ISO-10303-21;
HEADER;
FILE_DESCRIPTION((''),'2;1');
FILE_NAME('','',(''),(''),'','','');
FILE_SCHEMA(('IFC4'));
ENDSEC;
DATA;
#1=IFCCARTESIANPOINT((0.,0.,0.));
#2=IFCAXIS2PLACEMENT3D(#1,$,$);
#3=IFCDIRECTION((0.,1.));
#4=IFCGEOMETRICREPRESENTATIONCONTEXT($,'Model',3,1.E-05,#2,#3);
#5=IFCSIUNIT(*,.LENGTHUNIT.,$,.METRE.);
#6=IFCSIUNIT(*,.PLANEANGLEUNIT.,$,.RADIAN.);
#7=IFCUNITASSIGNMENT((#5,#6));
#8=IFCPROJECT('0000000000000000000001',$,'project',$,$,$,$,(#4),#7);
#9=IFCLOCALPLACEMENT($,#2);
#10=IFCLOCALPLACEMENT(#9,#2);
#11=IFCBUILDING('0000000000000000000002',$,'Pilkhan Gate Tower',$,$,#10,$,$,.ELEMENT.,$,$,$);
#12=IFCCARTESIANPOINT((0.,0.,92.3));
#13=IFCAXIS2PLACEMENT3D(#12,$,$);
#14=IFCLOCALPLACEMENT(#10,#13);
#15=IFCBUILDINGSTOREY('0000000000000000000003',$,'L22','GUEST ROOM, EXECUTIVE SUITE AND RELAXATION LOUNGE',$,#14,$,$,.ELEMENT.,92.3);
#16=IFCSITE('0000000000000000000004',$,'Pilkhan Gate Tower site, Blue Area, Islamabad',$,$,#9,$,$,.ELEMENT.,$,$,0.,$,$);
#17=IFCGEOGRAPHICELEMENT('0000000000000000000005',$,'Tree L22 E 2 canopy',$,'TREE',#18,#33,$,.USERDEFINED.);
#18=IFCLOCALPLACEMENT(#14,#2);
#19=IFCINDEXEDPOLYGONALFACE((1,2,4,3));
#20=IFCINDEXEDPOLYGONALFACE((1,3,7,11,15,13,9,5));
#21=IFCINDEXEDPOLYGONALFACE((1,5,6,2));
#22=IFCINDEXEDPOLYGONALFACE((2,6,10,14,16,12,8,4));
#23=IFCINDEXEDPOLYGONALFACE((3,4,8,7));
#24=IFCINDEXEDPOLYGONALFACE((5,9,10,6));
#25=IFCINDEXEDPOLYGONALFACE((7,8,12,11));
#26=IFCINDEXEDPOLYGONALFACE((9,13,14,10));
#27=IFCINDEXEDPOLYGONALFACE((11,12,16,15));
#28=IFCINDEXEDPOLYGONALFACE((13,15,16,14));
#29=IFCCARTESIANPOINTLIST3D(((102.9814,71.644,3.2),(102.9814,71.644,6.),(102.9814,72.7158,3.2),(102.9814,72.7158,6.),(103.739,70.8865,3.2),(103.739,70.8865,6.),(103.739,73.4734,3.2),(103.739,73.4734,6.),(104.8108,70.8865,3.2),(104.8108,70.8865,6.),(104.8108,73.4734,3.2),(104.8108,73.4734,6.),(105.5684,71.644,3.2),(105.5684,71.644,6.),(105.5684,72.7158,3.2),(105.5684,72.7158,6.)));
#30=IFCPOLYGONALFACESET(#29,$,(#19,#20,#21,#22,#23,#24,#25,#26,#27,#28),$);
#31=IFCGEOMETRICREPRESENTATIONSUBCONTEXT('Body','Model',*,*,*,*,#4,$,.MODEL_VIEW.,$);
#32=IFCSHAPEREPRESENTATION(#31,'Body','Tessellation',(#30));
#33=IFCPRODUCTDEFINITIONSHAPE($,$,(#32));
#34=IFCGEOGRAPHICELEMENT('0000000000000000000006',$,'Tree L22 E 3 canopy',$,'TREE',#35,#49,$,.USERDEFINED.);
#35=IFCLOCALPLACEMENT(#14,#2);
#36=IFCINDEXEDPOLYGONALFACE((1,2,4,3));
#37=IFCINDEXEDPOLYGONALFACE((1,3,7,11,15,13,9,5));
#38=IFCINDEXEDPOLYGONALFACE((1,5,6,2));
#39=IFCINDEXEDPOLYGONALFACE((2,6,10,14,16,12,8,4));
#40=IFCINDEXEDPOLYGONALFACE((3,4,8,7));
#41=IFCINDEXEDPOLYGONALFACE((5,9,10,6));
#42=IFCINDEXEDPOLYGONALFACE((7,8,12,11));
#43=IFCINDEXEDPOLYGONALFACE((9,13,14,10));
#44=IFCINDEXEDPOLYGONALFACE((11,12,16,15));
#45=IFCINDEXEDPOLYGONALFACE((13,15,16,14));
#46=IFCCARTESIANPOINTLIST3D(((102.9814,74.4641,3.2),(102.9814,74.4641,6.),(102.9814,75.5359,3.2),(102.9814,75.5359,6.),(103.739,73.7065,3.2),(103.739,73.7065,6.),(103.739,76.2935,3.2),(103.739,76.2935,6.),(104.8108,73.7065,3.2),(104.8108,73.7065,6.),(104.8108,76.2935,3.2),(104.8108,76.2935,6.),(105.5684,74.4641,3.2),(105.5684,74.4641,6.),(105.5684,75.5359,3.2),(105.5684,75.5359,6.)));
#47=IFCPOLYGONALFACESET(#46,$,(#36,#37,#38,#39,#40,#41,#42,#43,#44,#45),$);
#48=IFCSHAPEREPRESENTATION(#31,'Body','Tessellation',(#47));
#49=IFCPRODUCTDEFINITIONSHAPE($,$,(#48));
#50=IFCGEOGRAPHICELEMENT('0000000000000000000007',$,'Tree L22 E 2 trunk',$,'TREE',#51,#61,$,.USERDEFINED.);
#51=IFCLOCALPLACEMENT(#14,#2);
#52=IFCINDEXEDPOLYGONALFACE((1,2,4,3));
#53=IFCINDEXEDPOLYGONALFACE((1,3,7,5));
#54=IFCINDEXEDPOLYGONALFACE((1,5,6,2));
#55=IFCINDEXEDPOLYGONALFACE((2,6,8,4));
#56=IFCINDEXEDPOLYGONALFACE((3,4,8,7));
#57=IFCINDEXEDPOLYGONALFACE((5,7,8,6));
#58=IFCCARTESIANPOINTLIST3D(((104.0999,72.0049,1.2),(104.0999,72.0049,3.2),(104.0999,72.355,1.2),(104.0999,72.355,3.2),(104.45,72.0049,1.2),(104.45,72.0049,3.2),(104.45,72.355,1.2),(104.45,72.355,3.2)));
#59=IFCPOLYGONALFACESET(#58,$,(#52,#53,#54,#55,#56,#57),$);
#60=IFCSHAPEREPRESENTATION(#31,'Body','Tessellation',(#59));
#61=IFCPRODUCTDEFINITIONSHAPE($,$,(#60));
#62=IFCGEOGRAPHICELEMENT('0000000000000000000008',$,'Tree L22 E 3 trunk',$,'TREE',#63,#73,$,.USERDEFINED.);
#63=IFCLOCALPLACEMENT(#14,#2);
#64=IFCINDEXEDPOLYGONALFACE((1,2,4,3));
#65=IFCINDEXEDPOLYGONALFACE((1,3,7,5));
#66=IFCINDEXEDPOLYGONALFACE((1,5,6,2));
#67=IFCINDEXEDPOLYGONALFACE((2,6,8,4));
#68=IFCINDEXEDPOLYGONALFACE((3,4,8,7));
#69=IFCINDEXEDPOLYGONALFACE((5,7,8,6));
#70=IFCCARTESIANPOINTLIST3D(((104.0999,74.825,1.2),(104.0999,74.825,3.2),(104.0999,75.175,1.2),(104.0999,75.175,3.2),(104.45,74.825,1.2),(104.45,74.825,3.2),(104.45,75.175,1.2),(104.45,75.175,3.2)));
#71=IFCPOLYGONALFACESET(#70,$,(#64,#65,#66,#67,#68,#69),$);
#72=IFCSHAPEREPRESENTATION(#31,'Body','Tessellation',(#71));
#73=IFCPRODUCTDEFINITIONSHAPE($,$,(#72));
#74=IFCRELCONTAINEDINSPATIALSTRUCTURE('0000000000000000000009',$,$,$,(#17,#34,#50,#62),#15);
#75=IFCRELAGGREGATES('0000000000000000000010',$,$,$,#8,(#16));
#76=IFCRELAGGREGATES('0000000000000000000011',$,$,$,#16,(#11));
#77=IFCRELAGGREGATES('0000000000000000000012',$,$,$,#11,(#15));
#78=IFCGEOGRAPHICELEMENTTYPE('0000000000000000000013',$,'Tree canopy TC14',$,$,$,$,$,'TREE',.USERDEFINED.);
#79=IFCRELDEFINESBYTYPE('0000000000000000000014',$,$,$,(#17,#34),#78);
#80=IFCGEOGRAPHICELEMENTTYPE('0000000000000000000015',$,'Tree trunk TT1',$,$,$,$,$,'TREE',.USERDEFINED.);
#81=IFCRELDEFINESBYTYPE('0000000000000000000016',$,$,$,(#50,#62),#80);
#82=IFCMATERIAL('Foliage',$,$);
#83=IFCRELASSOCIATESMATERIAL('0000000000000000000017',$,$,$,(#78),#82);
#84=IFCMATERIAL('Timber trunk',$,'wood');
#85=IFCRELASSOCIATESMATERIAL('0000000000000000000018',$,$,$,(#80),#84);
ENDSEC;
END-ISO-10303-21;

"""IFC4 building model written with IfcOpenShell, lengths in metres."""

from ifc_helpers import new_model, si_unit, direction, frame, origin, origin_2d, place, context, subcontext, project, spatial, polyline, rectangle, outline, extrude, material, material_profile, profile_set, type_object, element, save


model = new_model("IFC4")

# Units and contexts
model_context = context("Model", 3, precision=1e-05, world=origin(), true_north=direction((0.0, 1.0)))
body_context = subcontext(model_context, "Body", "Model", "MODEL_VIEW")
ifc_project = project(units=[si_unit("LENGTHUNIT", "METRE"), si_unit("PLANEANGLEUNIT", "RADIAN")], contexts=[model_context])

# Site, building, storey
site_placement = place(None, origin())
site = spatial("IfcSite", under=ifc_project, at=site_placement, Name="Pilkhan Gate Tower site, Blue Area, Islamabad", CompositionType="ELEMENT", RefElevation=0.0)
building_placement = place(site_placement, origin())
building = spatial("IfcBuilding", under=site, at=building_placement, Name="Pilkhan Gate Tower", CompositionType="ELEMENT")
storey_placement = place(building_placement, frame((0.0, 0.0, 92.3)))
storey = spatial("IfcBuildingStorey", under=building, at=storey_placement, Name="L22", Description="GUEST ROOM, EXECUTIVE SUITE AND RELAXATION LOUNGE", CompositionType="ELEMENT", Elevation=92.3)

# Geographic elements
ifc_material_1 = material(Name="Foliage")
ifc_material_profile_1 = material_profile(ifc_material_1, outline(polyline([(1.2935, 0.5359), (0.5359, 1.2935), (-0.5359, 1.2935), (-1.2935, 0.5359), (-1.2935, -0.5359), (-0.5359, -1.2935), (0.5359, -1.2935), (1.2935, -0.5359), (1.2935, 0.5359)])), Name="Canopy D2.8")
ifc_profile_set_1 = profile_set([ifc_material_profile_1], Name="Foliage")
geographic_element_type_1 = type_object("IfcGeographicElementType", Name="Tree canopy TC14", ElementType="TREE", PredefinedType="USERDEFINED", material=ifc_profile_set_1)
for number, where, z_axis, x_axis, name in (
    (1, (104.2749, 72.1799, 3.2), (0.0, 0.0, 1.0), (1.0, 0.0, 0.0), "Tree L22 E 2 canopy"),
    (2, (104.2749, 75.0, 3.2), (0.0, 0.0, 1.0), (1.0, 0.0, 0.0), "Tree L22 E 3 canopy"),
):
    element("IfcGeographicElement", number, at=place(storey_placement, frame(where, z_axis=z_axis, x_axis=x_axis)), inside=storey, type_object=geographic_element_type_1, Name=name, ObjectType="TREE", PredefinedType="USERDEFINED", context=body_context, shape_type="SweptSolid", body=[
        extrude(outline(polyline([(1.2935, 0.5359), (0.5359, 1.2935), (-0.5359, 1.2935), (-1.2935, 0.5359), (-1.2935, -0.5359), (-0.5359, -1.2935), (0.5359, -1.2935), (1.2935, -0.5359), (1.2935, 0.5359)])), origin(), (0.0, 0.0, 1.0), 2.8),
    ])
ifc_material_2 = material(Name="Timber trunk", Category="wood")
geographic_element_type_2 = type_object("IfcGeographicElementType", Name="Tree trunk TT1", ElementType="TREE", PredefinedType="USERDEFINED", material=ifc_material_2)
for number, where, z_axis, x_axis, name in (
    (3, (104.2749, 72.1799, 1.2), (0.0, 0.0, 1.0), (1.0, 0.0, 0.0), "Tree L22 E 2 trunk"),
    (4, (104.2749, 75.0, 1.2), (0.0, 0.0, 1.0), (1.0, 0.0, 0.0), "Tree L22 E 3 trunk"),
):
    element("IfcGeographicElement", number, at=place(storey_placement, frame(where, z_axis=z_axis, x_axis=x_axis)), inside=storey, type_object=geographic_element_type_2, Name=name, ObjectType="TREE", PredefinedType="USERDEFINED", context=body_context, shape_type="SweptSolid", body=[
        extrude(rectangle(XDim=0.3501, YDim=0.3501, at=origin_2d()), origin(), (0.0, 0.0, 1.0), 2.0),
    ])

save(model, "model.ifc")
